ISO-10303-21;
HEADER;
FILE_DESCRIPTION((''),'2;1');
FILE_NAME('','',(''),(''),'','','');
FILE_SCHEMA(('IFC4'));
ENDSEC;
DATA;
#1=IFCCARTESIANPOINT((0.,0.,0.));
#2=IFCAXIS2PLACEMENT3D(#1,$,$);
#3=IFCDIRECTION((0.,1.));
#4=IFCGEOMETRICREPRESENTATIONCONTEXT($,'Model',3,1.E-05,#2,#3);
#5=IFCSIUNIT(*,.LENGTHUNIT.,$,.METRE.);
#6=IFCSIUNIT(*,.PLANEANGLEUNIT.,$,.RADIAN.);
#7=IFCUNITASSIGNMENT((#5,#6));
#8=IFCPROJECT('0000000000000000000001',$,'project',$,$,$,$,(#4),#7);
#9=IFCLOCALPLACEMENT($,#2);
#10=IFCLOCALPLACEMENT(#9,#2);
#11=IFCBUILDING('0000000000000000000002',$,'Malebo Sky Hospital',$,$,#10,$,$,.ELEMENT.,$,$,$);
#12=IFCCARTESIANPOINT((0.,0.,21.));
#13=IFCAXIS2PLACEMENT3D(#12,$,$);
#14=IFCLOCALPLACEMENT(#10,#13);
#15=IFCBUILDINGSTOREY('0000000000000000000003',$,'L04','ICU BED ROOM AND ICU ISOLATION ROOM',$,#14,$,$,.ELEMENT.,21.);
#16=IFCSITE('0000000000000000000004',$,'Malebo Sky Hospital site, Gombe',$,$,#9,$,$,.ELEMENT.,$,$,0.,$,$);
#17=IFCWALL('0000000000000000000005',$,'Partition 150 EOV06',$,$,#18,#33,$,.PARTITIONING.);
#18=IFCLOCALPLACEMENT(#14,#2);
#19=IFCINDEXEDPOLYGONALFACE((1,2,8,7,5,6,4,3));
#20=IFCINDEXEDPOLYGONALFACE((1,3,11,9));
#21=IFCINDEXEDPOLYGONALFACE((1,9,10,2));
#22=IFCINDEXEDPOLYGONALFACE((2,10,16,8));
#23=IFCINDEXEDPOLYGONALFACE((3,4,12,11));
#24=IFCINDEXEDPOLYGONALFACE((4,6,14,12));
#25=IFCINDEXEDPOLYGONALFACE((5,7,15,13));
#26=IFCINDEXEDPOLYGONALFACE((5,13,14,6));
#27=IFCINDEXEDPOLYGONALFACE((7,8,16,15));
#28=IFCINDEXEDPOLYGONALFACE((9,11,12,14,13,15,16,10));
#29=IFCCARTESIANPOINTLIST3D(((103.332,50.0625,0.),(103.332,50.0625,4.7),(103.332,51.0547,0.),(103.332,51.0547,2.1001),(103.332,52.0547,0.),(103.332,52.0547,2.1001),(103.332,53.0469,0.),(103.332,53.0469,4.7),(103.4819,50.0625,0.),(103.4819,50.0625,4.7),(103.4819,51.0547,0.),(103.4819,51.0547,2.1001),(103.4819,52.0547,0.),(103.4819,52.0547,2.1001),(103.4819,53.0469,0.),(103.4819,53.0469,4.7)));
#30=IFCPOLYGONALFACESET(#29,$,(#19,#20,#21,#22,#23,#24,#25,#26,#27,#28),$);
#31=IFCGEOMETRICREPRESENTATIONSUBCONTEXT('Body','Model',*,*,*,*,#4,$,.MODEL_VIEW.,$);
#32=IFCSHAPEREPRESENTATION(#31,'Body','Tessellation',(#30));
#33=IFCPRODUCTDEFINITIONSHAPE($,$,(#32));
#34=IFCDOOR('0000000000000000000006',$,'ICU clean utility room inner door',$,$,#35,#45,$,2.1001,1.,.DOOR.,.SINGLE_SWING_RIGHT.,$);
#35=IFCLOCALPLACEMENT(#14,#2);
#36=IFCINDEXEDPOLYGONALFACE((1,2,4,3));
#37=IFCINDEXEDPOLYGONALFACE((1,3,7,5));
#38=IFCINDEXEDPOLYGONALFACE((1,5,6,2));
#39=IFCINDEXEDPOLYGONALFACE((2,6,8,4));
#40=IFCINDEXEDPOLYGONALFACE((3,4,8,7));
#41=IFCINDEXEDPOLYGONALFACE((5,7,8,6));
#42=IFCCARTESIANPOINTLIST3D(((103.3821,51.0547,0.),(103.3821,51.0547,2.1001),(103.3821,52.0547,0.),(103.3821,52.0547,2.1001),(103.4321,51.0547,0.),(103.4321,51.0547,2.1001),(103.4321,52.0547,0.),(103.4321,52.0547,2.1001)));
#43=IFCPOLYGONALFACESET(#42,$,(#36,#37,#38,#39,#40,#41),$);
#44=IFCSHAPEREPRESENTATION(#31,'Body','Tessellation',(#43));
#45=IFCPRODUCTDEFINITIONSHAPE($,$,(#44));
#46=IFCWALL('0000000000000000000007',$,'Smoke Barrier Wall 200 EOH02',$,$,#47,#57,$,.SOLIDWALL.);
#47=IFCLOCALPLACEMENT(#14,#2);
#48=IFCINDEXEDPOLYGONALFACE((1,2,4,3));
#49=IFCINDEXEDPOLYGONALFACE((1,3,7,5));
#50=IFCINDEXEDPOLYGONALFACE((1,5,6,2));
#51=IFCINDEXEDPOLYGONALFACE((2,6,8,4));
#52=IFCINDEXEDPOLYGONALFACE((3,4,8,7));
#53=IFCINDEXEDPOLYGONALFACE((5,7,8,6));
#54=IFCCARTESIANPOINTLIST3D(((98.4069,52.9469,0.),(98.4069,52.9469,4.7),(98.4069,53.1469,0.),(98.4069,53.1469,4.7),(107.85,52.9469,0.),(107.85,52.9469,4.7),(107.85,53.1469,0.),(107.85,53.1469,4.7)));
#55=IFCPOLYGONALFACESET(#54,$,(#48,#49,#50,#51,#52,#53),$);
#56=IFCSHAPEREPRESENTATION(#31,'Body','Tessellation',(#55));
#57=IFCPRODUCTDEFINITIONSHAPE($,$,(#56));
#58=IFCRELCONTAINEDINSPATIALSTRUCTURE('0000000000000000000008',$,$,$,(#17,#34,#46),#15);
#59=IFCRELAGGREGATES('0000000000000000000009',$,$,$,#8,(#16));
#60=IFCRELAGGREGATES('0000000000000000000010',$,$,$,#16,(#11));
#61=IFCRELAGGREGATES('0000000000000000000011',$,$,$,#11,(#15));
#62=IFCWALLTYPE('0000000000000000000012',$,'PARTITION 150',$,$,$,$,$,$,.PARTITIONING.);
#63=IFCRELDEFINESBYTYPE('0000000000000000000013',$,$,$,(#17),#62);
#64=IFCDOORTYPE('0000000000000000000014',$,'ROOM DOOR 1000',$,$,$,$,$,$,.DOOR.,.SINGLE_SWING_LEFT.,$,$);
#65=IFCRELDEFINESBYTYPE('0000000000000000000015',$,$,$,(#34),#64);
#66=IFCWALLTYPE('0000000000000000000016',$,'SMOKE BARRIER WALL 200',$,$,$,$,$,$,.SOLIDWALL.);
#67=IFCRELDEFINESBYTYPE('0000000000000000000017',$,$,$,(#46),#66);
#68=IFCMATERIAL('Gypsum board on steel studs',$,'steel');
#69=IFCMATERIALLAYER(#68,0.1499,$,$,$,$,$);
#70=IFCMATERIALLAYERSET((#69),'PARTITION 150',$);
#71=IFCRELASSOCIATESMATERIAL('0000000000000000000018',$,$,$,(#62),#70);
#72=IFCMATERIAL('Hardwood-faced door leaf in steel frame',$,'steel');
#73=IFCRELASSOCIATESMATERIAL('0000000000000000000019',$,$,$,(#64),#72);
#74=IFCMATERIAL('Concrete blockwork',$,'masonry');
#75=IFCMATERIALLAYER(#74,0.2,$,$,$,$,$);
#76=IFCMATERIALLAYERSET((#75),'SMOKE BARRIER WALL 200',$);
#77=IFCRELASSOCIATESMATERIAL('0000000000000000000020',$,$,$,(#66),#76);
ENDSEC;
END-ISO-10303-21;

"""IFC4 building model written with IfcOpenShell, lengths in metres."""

from ifc_helpers import new_model, si_unit, direction, frame, frame_2d, origin, place, context, subcontext, project, spatial, rectangle, extrude, material, layer, layer_set, type_object, element, fill, save


model = new_model("IFC4")

# Units and contexts
model_context = context("Model", 3, precision=1e-05, world=origin(), true_north=direction((0.0, 1.0)))
body_context = subcontext(model_context, "Body", "Model", "MODEL_VIEW")
ifc_project = project(units=[si_unit("LENGTHUNIT", "METRE"), si_unit("PLANEANGLEUNIT", "RADIAN")], contexts=[model_context])

# Site, building, storey
site_placement = place(None, origin())
site = spatial("IfcSite", under=ifc_project, at=site_placement, Name="Malebo Sky Hospital site, Gombe", CompositionType="ELEMENT", RefElevation=0.0)
building_placement = place(site_placement, origin())
building = spatial("IfcBuilding", under=site, at=building_placement, Name="Malebo Sky Hospital", CompositionType="ELEMENT")
storey_placement = place(building_placement, frame((0.0, 0.0, 21.0)))
storey = spatial("IfcBuildingStorey", under=building, at=storey_placement, Name="L04", Description="ICU BED ROOM AND ICU ISOLATION ROOM", CompositionType="ELEMENT", Elevation=21.0)

# Shared definitions
ifc_material_1 = material(Name="Gypsum board on steel studs", Category="steel")
ifc_layer_1 = layer(ifc_material_1, 0.1499)
ifc_layer_set_1 = layer_set([ifc_layer_1], Name="PARTITION 150")
wall_type_1 = type_object("IfcWallType", Name="PARTITION 150", PredefinedType="PARTITIONING", material=ifc_layer_set_1)

# Wall, opening, door
wall_1_placement = place(storey_placement, frame((103.407, 50.0625, 0.0), z_axis=(0.0, 0.0, 1.0), x_axis=(0.0, 1.0, 0.0)))
wall_1 = element("IfcWall", 1, at=wall_1_placement, inside=storey, type_object=wall_type_1, Name="Partition 150 EOV06", PredefinedType="PARTITIONING", context=body_context, shape_type="SweptSolid", body=[
    extrude(rectangle(XDim=2.9844, YDim=0.1499, at=frame_2d((1.4922, 0.0))), origin(), (0.0, 0.0, 1.0), 4.7),
])
opening_placement = place(wall_1_placement, frame((0.9922, 0.0, 0.0)))
opening = element("IfcOpeningElement", 2, at=opening_placement, cuts=wall_1, PredefinedType="OPENING", context=body_context, shape_type="SweptSolid", body=[
    extrude(rectangle(XDim=1.0, YDim=2.1001, at=frame_2d((0.5, 1.05))), frame((0.0, 0.085, 0.0), z_axis=(0.0, -1.0, 0.0), x_axis=(1.0, 0.0, 0.0)), (0.0, 0.0, 1.0), 0.1699),
])
ifc_material_2 = material(Name="Hardwood-faced door leaf in steel frame", Category="steel")
door_type = type_object("IfcDoorType", Name="ROOM DOOR 1000", OperationType="SINGLE_SWING_LEFT", PredefinedType="DOOR", material=ifc_material_2)
door_placement = place(opening_placement, origin())
door = element("IfcDoor", 3, at=door_placement, inside=storey, type_object=door_type, Name="ICU clean utility room inner door", OperationType="SINGLE_SWING_RIGHT", OverallHeight=2.1001, OverallWidth=1.0, PredefinedType="DOOR", context=body_context, shape_type="SweptSolid", body=[
    extrude(rectangle(XDim=1.0, YDim=2.1001, at=frame_2d((0.5, 1.05))), frame((0.0, 0.0249, 0.0), z_axis=(0.0, -1.0, 0.0), x_axis=(1.0, 0.0, 0.0)), (0.0, 0.0, 1.0), 0.05),
])
fill(opening, door)

# Wall
ifc_material_3 = material(Name="Concrete blockwork", Category="masonry")
ifc_layer_2 = layer(ifc_material_3, 0.2)
ifc_layer_set_2 = layer_set([ifc_layer_2], Name="SMOKE BARRIER WALL 200")
wall_type_2 = type_object("IfcWallType", Name="SMOKE BARRIER WALL 200", PredefinedType="SOLIDWALL", material=ifc_layer_set_2)
wall_2_placement = place(storey_placement, frame((107.8501, 53.0469, 0.0), z_axis=(0.0, 0.0, 1.0), x_axis=(-1.0, 0.0, 0.0)))
element("IfcWall", 4, at=wall_2_placement, inside=storey, type_object=wall_type_2, Name="Smoke Barrier Wall 200 EOH02", PredefinedType="SOLIDWALL", context=body_context, shape_type="SweptSolid", body=[
    extrude(rectangle(XDim=9.4431, YDim=0.2, at=frame_2d((4.7217, 0.0))), origin(), (0.0, 0.0, 1.0), 4.7),
])

save(model, "model.ifc")
